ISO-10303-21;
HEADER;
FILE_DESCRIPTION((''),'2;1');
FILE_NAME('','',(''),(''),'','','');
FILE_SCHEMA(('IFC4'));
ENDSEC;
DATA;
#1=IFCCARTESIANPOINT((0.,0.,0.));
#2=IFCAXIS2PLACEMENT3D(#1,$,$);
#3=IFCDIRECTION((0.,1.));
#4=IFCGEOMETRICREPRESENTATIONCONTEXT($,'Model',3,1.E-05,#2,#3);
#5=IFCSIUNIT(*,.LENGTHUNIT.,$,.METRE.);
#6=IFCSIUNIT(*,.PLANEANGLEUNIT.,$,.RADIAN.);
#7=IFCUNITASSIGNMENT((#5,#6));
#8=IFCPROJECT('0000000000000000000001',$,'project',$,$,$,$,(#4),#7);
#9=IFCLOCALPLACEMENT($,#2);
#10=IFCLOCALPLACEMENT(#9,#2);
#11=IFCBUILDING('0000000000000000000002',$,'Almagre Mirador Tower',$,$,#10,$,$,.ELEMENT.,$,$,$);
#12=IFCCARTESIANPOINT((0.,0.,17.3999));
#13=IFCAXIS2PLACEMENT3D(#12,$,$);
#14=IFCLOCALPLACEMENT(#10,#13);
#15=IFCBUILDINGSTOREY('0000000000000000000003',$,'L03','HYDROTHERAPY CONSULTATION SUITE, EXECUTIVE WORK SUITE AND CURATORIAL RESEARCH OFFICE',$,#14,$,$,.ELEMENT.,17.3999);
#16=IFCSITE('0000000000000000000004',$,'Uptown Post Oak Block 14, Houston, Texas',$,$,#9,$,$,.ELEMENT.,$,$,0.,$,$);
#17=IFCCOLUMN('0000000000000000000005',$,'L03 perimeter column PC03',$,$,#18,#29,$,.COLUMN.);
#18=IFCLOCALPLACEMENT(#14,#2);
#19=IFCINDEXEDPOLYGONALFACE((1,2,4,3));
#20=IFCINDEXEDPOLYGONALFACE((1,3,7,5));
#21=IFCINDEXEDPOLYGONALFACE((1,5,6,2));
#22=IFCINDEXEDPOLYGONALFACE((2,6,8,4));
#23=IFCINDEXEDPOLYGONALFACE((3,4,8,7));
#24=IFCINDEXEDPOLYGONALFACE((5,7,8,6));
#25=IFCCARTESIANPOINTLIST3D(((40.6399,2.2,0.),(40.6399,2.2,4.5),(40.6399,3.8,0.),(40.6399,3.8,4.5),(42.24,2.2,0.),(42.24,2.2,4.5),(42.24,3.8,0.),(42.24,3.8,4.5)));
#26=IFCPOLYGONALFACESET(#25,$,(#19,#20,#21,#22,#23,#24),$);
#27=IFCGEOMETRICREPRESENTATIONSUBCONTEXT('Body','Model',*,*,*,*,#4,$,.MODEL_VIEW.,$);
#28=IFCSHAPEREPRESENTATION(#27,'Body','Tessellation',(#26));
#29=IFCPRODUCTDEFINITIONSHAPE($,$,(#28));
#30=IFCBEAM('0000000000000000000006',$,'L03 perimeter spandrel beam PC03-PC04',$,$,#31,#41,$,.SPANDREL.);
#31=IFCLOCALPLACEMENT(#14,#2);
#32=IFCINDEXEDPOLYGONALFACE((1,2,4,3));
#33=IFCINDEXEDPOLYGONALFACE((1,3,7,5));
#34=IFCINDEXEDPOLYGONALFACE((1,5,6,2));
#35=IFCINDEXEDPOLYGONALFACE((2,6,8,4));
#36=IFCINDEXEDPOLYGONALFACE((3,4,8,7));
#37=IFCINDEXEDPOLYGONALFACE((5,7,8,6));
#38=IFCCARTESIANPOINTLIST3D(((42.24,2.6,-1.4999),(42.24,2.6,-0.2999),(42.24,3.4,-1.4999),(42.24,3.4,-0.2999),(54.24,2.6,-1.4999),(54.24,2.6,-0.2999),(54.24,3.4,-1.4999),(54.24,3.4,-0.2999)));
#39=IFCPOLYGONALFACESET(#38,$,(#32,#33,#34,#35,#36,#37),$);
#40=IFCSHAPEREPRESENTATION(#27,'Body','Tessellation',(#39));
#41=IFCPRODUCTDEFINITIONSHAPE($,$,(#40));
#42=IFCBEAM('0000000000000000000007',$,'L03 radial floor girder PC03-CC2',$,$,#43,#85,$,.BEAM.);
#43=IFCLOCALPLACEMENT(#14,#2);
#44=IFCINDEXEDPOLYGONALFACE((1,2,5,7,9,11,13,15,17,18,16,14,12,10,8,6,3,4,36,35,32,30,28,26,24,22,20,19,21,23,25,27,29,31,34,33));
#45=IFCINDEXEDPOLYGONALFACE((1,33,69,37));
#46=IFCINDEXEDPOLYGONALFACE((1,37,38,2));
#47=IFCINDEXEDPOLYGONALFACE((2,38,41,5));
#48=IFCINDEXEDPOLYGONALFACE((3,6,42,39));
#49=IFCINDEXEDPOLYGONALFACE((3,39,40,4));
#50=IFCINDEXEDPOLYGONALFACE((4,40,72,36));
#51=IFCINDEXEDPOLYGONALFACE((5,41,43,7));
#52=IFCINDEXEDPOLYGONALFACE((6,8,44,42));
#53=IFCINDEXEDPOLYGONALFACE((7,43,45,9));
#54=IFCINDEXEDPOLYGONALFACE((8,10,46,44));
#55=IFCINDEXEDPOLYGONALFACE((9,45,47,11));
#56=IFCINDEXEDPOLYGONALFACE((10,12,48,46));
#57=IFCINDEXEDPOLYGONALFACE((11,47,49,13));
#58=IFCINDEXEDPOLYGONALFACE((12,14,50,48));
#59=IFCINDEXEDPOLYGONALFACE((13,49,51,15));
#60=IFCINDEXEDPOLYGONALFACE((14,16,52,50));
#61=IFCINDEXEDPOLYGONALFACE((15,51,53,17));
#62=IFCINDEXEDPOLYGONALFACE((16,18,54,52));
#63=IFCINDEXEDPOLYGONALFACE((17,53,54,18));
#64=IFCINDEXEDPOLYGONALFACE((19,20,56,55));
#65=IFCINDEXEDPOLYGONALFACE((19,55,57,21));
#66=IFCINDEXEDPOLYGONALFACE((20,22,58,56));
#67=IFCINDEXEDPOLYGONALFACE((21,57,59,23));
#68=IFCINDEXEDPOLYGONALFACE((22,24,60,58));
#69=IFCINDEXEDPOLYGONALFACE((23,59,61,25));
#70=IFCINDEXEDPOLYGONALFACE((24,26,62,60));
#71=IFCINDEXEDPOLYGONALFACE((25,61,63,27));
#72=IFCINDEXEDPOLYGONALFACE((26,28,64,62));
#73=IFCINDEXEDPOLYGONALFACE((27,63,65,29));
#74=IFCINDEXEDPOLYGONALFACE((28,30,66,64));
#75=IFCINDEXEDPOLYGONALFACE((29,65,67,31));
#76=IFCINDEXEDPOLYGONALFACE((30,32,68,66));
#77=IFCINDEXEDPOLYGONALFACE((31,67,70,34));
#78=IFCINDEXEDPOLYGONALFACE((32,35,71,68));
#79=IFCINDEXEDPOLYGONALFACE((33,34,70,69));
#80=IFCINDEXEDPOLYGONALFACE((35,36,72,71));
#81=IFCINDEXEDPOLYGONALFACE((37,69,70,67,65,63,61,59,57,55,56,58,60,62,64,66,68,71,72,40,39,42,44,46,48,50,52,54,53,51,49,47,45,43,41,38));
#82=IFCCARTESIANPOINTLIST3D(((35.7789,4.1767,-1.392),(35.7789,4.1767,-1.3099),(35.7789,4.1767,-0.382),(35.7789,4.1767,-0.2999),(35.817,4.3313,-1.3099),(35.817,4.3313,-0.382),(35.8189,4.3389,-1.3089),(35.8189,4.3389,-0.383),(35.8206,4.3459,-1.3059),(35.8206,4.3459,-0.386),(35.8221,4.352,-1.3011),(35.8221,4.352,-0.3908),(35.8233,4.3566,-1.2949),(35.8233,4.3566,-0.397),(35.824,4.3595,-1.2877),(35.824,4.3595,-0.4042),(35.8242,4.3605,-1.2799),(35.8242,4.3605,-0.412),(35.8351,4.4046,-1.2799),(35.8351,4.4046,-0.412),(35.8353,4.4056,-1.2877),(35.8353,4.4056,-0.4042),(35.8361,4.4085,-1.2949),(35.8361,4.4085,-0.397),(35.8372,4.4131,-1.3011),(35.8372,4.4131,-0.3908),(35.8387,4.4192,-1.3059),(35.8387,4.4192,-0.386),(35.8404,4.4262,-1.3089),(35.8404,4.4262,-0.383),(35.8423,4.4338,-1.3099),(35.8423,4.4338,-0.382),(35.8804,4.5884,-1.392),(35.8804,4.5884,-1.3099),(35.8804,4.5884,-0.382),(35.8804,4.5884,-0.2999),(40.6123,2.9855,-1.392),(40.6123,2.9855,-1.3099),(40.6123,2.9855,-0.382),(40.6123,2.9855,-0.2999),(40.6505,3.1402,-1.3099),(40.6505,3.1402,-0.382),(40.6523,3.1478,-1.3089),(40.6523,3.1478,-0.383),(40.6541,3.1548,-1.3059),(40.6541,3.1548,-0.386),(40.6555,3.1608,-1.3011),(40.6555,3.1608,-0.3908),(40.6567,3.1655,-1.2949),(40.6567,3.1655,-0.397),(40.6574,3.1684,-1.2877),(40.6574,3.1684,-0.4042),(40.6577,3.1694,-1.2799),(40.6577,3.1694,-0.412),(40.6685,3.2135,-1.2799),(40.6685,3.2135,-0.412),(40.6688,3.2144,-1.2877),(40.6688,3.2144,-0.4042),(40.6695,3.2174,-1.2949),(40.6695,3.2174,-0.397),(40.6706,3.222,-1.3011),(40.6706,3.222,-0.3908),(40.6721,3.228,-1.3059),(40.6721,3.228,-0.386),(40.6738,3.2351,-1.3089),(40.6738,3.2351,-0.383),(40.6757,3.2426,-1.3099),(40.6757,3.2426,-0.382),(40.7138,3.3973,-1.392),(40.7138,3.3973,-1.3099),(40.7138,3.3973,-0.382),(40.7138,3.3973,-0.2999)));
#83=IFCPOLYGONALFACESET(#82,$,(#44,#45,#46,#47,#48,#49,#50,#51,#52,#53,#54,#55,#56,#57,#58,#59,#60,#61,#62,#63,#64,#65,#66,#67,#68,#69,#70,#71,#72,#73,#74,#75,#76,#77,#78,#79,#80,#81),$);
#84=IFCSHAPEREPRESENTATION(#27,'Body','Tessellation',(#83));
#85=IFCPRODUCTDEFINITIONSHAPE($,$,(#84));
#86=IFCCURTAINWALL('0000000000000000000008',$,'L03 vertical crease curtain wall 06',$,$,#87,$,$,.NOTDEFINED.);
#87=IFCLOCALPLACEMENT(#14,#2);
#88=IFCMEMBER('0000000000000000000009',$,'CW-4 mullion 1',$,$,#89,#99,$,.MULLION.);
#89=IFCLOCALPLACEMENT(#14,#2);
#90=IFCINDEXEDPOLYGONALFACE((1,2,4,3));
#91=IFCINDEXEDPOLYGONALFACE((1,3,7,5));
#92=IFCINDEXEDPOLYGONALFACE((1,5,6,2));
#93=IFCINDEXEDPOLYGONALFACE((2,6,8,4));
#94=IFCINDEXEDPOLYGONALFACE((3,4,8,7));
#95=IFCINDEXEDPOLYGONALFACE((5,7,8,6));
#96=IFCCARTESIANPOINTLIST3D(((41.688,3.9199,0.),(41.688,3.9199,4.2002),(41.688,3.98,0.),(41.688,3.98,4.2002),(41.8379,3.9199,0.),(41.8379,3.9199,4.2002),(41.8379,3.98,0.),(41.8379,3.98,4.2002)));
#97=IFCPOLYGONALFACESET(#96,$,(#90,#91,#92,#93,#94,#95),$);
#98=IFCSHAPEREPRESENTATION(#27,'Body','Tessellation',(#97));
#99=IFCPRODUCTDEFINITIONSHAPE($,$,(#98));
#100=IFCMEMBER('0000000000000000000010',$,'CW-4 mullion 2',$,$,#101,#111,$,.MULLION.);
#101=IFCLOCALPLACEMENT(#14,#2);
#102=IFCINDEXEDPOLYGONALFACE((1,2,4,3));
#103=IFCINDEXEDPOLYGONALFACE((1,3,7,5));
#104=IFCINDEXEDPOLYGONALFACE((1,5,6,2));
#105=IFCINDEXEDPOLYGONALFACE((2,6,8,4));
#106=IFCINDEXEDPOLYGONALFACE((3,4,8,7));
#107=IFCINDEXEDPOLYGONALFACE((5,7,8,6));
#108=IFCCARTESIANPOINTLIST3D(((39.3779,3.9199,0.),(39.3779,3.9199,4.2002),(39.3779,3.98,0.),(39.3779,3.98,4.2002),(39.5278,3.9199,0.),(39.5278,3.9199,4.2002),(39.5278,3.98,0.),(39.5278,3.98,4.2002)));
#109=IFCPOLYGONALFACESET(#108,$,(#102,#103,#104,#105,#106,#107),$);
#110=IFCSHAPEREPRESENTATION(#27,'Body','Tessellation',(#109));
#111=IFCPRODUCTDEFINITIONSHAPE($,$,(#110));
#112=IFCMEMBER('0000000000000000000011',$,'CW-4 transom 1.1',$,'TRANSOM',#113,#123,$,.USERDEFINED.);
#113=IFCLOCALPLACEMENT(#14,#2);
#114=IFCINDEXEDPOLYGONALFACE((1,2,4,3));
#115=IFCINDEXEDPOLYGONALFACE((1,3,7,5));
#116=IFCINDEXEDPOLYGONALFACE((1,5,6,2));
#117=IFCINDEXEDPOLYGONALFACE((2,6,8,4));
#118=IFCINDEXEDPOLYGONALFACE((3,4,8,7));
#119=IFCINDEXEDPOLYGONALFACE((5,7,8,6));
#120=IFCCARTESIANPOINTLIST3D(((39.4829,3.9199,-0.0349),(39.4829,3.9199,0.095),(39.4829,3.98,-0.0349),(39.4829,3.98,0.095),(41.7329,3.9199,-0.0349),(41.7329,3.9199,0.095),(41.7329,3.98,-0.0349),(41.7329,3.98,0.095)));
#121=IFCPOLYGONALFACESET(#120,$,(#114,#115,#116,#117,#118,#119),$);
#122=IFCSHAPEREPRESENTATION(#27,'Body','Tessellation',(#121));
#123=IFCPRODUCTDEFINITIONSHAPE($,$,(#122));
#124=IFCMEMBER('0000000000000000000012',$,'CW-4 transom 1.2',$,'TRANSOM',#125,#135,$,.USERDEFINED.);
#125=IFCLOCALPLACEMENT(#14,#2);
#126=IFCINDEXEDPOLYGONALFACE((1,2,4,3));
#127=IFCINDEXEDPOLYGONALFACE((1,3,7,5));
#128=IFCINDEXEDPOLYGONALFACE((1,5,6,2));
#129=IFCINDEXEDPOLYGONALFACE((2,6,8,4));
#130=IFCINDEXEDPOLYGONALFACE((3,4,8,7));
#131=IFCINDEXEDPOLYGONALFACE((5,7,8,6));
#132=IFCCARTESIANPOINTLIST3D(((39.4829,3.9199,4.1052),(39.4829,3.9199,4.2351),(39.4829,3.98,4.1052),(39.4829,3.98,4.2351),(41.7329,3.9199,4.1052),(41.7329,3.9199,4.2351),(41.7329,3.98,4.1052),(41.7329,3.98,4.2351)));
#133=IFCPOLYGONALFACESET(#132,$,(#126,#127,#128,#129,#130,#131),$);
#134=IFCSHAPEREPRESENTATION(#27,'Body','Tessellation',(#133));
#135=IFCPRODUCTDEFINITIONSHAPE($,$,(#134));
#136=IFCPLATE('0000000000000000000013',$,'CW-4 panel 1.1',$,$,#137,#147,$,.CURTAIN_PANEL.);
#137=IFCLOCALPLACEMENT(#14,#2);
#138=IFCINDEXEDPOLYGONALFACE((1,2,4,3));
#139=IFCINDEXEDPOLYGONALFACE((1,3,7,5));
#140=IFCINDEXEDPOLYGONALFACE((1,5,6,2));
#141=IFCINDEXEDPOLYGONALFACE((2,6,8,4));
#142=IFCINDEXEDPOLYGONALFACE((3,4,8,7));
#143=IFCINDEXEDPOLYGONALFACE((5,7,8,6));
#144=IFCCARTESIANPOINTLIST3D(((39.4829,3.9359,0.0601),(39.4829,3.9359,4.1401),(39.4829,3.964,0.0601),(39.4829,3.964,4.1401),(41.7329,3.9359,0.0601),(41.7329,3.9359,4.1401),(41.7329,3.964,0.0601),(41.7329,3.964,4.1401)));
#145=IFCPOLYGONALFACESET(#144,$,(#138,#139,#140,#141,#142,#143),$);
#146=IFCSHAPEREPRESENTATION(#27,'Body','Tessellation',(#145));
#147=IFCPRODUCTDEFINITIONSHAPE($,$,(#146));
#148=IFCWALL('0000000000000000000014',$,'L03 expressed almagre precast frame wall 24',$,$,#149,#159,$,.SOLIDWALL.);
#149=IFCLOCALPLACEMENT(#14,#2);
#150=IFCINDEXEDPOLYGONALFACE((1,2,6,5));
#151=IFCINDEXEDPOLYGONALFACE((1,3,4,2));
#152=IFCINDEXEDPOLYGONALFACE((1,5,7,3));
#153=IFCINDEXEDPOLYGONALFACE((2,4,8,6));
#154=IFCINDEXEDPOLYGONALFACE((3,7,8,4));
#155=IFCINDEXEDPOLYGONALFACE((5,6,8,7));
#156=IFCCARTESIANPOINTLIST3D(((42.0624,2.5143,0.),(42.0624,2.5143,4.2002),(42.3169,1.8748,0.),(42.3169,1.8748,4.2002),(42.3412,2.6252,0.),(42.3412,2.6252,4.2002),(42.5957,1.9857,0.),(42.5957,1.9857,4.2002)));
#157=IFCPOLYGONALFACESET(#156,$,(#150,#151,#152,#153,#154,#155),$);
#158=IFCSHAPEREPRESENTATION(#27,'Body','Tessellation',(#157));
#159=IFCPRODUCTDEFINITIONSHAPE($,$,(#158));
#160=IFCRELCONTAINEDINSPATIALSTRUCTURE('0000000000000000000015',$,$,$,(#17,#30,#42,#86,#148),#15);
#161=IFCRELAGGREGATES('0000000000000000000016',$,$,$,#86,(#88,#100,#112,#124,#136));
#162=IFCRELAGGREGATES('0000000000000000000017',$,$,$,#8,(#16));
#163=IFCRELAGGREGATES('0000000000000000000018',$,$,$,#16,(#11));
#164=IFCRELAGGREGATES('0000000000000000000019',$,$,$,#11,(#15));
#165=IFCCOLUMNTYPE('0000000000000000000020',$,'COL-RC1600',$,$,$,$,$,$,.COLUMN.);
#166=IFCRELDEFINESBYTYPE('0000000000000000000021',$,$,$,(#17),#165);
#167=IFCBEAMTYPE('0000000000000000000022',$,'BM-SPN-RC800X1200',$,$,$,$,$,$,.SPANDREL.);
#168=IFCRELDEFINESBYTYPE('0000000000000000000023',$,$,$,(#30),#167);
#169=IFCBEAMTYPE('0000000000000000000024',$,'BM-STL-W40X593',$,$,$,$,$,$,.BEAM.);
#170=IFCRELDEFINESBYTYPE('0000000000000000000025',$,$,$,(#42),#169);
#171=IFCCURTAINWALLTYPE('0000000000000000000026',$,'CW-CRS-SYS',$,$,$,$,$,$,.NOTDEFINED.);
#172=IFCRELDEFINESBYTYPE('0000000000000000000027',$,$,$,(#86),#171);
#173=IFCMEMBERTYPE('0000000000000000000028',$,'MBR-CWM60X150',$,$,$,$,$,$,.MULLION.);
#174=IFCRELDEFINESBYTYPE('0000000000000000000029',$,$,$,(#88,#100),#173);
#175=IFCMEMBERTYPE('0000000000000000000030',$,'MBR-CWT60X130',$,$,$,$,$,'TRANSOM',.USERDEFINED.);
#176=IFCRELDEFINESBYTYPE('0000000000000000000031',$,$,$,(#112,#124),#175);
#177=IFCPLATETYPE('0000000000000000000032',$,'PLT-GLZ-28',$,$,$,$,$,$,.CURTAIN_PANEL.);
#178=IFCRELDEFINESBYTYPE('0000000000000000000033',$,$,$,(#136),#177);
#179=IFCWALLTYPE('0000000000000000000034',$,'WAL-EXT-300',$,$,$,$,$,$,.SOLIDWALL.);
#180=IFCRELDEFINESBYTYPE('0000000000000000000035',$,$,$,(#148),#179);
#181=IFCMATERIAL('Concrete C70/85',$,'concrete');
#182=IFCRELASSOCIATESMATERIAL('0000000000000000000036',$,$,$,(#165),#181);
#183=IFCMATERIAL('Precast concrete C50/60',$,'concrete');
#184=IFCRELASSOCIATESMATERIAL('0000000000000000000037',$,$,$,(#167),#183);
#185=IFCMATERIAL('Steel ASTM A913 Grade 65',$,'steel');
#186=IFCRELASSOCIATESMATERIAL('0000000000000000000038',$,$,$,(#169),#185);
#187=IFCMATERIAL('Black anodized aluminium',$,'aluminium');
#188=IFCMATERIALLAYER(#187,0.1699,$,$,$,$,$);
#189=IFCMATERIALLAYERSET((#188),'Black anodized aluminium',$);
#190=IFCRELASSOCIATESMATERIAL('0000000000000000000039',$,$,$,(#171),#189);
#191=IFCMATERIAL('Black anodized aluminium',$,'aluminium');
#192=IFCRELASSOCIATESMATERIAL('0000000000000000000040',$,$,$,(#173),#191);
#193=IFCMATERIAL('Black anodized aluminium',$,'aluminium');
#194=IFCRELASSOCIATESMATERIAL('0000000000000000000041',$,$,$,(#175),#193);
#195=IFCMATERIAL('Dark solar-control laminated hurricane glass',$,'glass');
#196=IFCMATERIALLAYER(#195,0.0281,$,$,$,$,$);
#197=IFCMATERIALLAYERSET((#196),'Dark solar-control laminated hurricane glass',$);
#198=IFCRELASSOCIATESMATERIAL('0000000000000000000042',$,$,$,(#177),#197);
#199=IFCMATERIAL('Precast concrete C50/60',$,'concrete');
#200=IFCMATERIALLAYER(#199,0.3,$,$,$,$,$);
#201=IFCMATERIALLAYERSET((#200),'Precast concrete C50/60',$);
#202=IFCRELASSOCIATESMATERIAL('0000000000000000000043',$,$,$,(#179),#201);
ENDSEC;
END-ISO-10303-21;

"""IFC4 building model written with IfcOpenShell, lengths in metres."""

from ifc_helpers import new_model, si_unit, direction, frame, frame_2d, origin, origin_2d, place, context, subcontext, project, spatial, rectangle, i_section, extrude, material, layer, layer_set, material_profile, profile_set, type_object, element, aggregate, save


model = new_model("IFC4")

# Units and contexts
model_context = context("Model", 3, precision=1e-05, world=origin(), true_north=direction((0.0, 1.0)))
body_context = subcontext(model_context, "Body", "Model", "MODEL_VIEW")
ifc_project = project(units=[si_unit("LENGTHUNIT", "METRE"), si_unit("PLANEANGLEUNIT", "RADIAN")], contexts=[model_context])

# Site, building, storey
site_placement = place(None, origin())
site = spatial("IfcSite", under=ifc_project, at=site_placement, Name="Uptown Post Oak Block 14, Houston, Texas", CompositionType="ELEMENT", RefElevation=0.0)
building_placement = place(site_placement, origin())
building = spatial("IfcBuilding", under=site, at=building_placement, Name="Almagre Mirador Tower", CompositionType="ELEMENT")
storey_placement = place(building_placement, frame((0.0, 0.0, 17.3999)))
storey = spatial("IfcBuildingStorey", under=building, at=storey_placement, Name="L03", Description="HYDROTHERAPY CONSULTATION SUITE, EXECUTIVE WORK SUITE AND CURATORIAL RESEARCH OFFICE", CompositionType="ELEMENT", Elevation=17.3999)

# Column
ifc_material_1 = material(Name="Concrete C70/85", Category="concrete")
ifc_material_profile_1 = material_profile(ifc_material_1, rectangle(XDim=1.6001, YDim=1.6001, at=origin_2d()), Name="RC1600X1600")
ifc_profile_set_1 = profile_set([ifc_material_profile_1], Name="Concrete C70/85")
column_type = type_object("IfcColumnType", Name="COL-RC1600", PredefinedType="COLUMN", material=ifc_profile_set_1)
column_placement = place(storey_placement, frame((41.4399, 3.0, 0.0), z_axis=(0.0, 0.0, 1.0), x_axis=(1.0, 0.0, 0.0)))
element("IfcColumn", 1, at=column_placement, inside=storey, type_object=column_type, Name="L03 perimeter column PC03", PredefinedType="COLUMN", context=body_context, shape_type="SweptSolid", body=[
    extrude(rectangle(XDim=1.6001, YDim=1.6001, at=origin_2d()), origin(), (0.0, 0.0, 1.0), 4.5),
])

# Beams
ifc_material_2 = material(Name="Precast concrete C50/60", Category="concrete")
ifc_material_profile_2 = material_profile(ifc_material_2, rectangle(XDim=0.8, YDim=1.2, at=origin_2d()), Name="RC800X1200")
ifc_profile_set_2 = profile_set([ifc_material_profile_2], Name="Precast concrete C50/60")
beam_type_1 = type_object("IfcBeamType", Name="BM-SPN-RC800X1200", PredefinedType="SPANDREL", material=ifc_profile_set_2)
beam_1_placement = place(storey_placement, frame((42.24, 3.0, -0.8999), z_axis=(1.0, 0.0, 0.0), x_axis=(0.0, 1.0, 0.0)))
element("IfcBeam", 2, at=beam_1_placement, inside=storey, type_object=beam_type_1, Name="L03 perimeter spandrel beam PC03-PC04", PredefinedType="SPANDREL", context=body_context, shape_type="SweptSolid", body=[
    extrude(rectangle(XDim=0.8, YDim=1.2, at=origin_2d()), origin(), (0.0, 0.0, 1.0), 12.0),
])
ifc_material_3 = material(Name="Steel ASTM A913 Grade 65", Category="steel")
ifc_material_profile_3 = material_profile(ifc_material_3, i_section(OverallWidth=0.4241, OverallDepth=1.092, WebThickness=0.0454, FlangeThickness=0.082, FilletRadius=0.03, at=origin_2d()), Name="W40X593")
ifc_profile_set_3 = profile_set([ifc_material_profile_3], Name="Steel ASTM A913 Grade 65")
beam_type_2 = type_object("IfcBeamType", Name="BM-STL-W40X593", PredefinedType="BEAM", material=ifc_profile_set_3)
beam_2_placement = place(storey_placement, frame((40.6631, 3.1914, -0.8459), z_axis=(-0.970951, 0.23928, 0.0), x_axis=(-0.23928, -0.970951, 0.0)))
element("IfcBeam", 3, at=beam_2_placement, inside=storey, type_object=beam_type_2, Name="L03 radial floor girder PC03-CC2", PredefinedType="BEAM", context=body_context, shape_type="SweptSolid", body=[
    extrude(i_section(OverallWidth=0.4241, OverallDepth=1.092, WebThickness=0.0454, FlangeThickness=0.082, FilletRadius=0.03, at=origin_2d()), origin(), (0.0, 0.0, 1.0), 4.978),
])

# Curtain wall, members, plate
ifc_material_4 = material(Name="Black anodized aluminium", Category="aluminium")
ifc_layer_1 = layer(ifc_material_4, 0.1699)
ifc_layer_set_1 = layer_set([ifc_layer_1], Name="Black anodized aluminium")
curtain_wall_type = type_object("IfcCurtainWallType", Name="CW-CRS-SYS", PredefinedType="NOTDEFINED", material=ifc_layer_set_1)
curtain_wall_placement = place(storey_placement, origin())
curtain_wall = element("IfcCurtainWall", 4, at=curtain_wall_placement, inside=storey, type_object=curtain_wall_type, Name="L03 vertical crease curtain wall 06", PredefinedType="NOTDEFINED")
ifc_material_5 = material(Name="Black anodized aluminium", Category="aluminium")
ifc_material_profile_4 = material_profile(ifc_material_5, rectangle(XDim=0.0601, YDim=0.1499, at=origin_2d()), Name="CWM60X150")
ifc_profile_set_4 = profile_set([ifc_material_profile_4], Name="Black anodized aluminium")
member_type_1 = type_object("IfcMemberType", Name="MBR-CWM60X150", PredefinedType="MULLION", material=ifc_profile_set_4)
member_1_placement = place(storey_placement, frame((41.7629, 3.95, 0.0), z_axis=(0.0, 0.0, 1.0), x_axis=(0.0, -1.0, 0.0)))
member_1 = element("IfcMember", 5, at=member_1_placement, type_object=member_type_1, Name="CW-4 mullion 1", PredefinedType="MULLION", context=body_context, shape_type="SweptSolid", body=[
    extrude(rectangle(XDim=0.0601, YDim=0.1499, at=origin_2d()), origin(), (0.0, 0.0, 1.0), 4.2002),
])
member_2_placement = place(storey_placement, frame((39.4529, 3.95, 0.0), z_axis=(0.0, 0.0, 1.0), x_axis=(0.0, -1.0, 0.0)))
member_2 = element("IfcMember", 6, at=member_2_placement, type_object=member_type_1, Name="CW-4 mullion 2", PredefinedType="MULLION", context=body_context, shape_type="SweptSolid", body=[
    extrude(rectangle(XDim=0.0601, YDim=0.1499, at=origin_2d()), origin(), (0.0, 0.0, 1.0), 4.2002),
])
ifc_material_6 = material(Name="Black anodized aluminium", Category="aluminium")
ifc_material_profile_5 = material_profile(ifc_material_6, rectangle(XDim=0.0601, YDim=0.1299, at=origin_2d()), Name="CWT60X130")
ifc_profile_set_5 = profile_set([ifc_material_profile_5], Name="Black anodized aluminium")
member_type_2 = type_object("IfcMemberType", Name="MBR-CWT60X130", ElementType="TRANSOM", PredefinedType="USERDEFINED", material=ifc_profile_set_5)
member_3_placement = place(storey_placement, frame((41.7329, 3.95, 0.03), z_axis=(-1.0, 0.0, 0.0), x_axis=(0.0, -1.0, 0.0)))
member_3 = element("IfcMember", 7, at=member_3_placement, type_object=member_type_2, Name="CW-4 transom 1.1", ObjectType="TRANSOM", PredefinedType="USERDEFINED", context=body_context, shape_type="SweptSolid", body=[
    extrude(rectangle(XDim=0.0601, YDim=0.1299, at=origin_2d()), origin(), (0.0, 0.0, 1.0), 2.25),
])
member_4_placement = place(storey_placement, frame((41.7329, 3.95, 4.1702), z_axis=(-1.0, 0.0, 0.0), x_axis=(0.0, -1.0, 0.0)))
member_4 = element("IfcMember", 8, at=member_4_placement, type_object=member_type_2, Name="CW-4 transom 1.2", ObjectType="TRANSOM", PredefinedType="USERDEFINED", context=body_context, shape_type="SweptSolid", body=[
    extrude(rectangle(XDim=0.0601, YDim=0.1299, at=origin_2d()), origin(), (0.0, 0.0, 1.0), 2.25),
])
ifc_material_7 = material(Name="Dark solar-control laminated hurricane glass", Category="glass")
ifc_layer_2 = layer(ifc_material_7, 0.0281)
ifc_layer_set_2 = layer_set([ifc_layer_2], Name="Dark solar-control laminated hurricane glass")
plate_type = type_object("IfcPlateType", Name="PLT-GLZ-28", PredefinedType="CURTAIN_PANEL", material=ifc_layer_set_2)
plate_placement = place(storey_placement, frame((40.6079, 3.95, 0.0601), z_axis=(0.0, 0.0, 1.0), x_axis=(-1.0, 0.0, 0.0)))
plate = element("IfcPlate", 9, at=plate_placement, type_object=plate_type, Name="CW-4 panel 1.1", PredefinedType="CURTAIN_PANEL", context=body_context, shape_type="SweptSolid", body=[
    extrude(rectangle(XDim=2.25, YDim=0.0281, at=origin_2d()), origin(), (0.0, 0.0, 1.0), 4.0801),
])
aggregate(curtain_wall, [member_1, member_2, member_3, member_4, plate])

# Wall
ifc_material_8 = material(Name="Precast concrete C50/60", Category="concrete")
ifc_layer_3 = layer(ifc_material_8, 0.3)
ifc_layer_set_3 = layer_set([ifc_layer_3], Name="Precast concrete C50/60")
wall_type_1 = type_object("IfcWallType", Name="WAL-EXT-300", PredefinedType="SOLIDWALL", material=ifc_layer_set_3)
wall_1_placement = place(storey_placement, frame((42.4563, 1.9302, 0.0), z_axis=(0.0, 0.0, 1.0), x_axis=(-0.369677, 0.92916, 0.0)))
element("IfcWall", 10, at=wall_1_placement, inside=storey, type_object=wall_type_1, Name="L03 expressed almagre precast frame wall 24", PredefinedType="SOLIDWALL", context=body_context, shape_type="SweptSolid", body=[
    extrude(rectangle(XDim=0.6882, YDim=0.3, at=frame_2d((0.3442, 0.0))), origin(), (0.0, 0.0, 1.0), 4.2002),
])

save(model, "model.ifc")
